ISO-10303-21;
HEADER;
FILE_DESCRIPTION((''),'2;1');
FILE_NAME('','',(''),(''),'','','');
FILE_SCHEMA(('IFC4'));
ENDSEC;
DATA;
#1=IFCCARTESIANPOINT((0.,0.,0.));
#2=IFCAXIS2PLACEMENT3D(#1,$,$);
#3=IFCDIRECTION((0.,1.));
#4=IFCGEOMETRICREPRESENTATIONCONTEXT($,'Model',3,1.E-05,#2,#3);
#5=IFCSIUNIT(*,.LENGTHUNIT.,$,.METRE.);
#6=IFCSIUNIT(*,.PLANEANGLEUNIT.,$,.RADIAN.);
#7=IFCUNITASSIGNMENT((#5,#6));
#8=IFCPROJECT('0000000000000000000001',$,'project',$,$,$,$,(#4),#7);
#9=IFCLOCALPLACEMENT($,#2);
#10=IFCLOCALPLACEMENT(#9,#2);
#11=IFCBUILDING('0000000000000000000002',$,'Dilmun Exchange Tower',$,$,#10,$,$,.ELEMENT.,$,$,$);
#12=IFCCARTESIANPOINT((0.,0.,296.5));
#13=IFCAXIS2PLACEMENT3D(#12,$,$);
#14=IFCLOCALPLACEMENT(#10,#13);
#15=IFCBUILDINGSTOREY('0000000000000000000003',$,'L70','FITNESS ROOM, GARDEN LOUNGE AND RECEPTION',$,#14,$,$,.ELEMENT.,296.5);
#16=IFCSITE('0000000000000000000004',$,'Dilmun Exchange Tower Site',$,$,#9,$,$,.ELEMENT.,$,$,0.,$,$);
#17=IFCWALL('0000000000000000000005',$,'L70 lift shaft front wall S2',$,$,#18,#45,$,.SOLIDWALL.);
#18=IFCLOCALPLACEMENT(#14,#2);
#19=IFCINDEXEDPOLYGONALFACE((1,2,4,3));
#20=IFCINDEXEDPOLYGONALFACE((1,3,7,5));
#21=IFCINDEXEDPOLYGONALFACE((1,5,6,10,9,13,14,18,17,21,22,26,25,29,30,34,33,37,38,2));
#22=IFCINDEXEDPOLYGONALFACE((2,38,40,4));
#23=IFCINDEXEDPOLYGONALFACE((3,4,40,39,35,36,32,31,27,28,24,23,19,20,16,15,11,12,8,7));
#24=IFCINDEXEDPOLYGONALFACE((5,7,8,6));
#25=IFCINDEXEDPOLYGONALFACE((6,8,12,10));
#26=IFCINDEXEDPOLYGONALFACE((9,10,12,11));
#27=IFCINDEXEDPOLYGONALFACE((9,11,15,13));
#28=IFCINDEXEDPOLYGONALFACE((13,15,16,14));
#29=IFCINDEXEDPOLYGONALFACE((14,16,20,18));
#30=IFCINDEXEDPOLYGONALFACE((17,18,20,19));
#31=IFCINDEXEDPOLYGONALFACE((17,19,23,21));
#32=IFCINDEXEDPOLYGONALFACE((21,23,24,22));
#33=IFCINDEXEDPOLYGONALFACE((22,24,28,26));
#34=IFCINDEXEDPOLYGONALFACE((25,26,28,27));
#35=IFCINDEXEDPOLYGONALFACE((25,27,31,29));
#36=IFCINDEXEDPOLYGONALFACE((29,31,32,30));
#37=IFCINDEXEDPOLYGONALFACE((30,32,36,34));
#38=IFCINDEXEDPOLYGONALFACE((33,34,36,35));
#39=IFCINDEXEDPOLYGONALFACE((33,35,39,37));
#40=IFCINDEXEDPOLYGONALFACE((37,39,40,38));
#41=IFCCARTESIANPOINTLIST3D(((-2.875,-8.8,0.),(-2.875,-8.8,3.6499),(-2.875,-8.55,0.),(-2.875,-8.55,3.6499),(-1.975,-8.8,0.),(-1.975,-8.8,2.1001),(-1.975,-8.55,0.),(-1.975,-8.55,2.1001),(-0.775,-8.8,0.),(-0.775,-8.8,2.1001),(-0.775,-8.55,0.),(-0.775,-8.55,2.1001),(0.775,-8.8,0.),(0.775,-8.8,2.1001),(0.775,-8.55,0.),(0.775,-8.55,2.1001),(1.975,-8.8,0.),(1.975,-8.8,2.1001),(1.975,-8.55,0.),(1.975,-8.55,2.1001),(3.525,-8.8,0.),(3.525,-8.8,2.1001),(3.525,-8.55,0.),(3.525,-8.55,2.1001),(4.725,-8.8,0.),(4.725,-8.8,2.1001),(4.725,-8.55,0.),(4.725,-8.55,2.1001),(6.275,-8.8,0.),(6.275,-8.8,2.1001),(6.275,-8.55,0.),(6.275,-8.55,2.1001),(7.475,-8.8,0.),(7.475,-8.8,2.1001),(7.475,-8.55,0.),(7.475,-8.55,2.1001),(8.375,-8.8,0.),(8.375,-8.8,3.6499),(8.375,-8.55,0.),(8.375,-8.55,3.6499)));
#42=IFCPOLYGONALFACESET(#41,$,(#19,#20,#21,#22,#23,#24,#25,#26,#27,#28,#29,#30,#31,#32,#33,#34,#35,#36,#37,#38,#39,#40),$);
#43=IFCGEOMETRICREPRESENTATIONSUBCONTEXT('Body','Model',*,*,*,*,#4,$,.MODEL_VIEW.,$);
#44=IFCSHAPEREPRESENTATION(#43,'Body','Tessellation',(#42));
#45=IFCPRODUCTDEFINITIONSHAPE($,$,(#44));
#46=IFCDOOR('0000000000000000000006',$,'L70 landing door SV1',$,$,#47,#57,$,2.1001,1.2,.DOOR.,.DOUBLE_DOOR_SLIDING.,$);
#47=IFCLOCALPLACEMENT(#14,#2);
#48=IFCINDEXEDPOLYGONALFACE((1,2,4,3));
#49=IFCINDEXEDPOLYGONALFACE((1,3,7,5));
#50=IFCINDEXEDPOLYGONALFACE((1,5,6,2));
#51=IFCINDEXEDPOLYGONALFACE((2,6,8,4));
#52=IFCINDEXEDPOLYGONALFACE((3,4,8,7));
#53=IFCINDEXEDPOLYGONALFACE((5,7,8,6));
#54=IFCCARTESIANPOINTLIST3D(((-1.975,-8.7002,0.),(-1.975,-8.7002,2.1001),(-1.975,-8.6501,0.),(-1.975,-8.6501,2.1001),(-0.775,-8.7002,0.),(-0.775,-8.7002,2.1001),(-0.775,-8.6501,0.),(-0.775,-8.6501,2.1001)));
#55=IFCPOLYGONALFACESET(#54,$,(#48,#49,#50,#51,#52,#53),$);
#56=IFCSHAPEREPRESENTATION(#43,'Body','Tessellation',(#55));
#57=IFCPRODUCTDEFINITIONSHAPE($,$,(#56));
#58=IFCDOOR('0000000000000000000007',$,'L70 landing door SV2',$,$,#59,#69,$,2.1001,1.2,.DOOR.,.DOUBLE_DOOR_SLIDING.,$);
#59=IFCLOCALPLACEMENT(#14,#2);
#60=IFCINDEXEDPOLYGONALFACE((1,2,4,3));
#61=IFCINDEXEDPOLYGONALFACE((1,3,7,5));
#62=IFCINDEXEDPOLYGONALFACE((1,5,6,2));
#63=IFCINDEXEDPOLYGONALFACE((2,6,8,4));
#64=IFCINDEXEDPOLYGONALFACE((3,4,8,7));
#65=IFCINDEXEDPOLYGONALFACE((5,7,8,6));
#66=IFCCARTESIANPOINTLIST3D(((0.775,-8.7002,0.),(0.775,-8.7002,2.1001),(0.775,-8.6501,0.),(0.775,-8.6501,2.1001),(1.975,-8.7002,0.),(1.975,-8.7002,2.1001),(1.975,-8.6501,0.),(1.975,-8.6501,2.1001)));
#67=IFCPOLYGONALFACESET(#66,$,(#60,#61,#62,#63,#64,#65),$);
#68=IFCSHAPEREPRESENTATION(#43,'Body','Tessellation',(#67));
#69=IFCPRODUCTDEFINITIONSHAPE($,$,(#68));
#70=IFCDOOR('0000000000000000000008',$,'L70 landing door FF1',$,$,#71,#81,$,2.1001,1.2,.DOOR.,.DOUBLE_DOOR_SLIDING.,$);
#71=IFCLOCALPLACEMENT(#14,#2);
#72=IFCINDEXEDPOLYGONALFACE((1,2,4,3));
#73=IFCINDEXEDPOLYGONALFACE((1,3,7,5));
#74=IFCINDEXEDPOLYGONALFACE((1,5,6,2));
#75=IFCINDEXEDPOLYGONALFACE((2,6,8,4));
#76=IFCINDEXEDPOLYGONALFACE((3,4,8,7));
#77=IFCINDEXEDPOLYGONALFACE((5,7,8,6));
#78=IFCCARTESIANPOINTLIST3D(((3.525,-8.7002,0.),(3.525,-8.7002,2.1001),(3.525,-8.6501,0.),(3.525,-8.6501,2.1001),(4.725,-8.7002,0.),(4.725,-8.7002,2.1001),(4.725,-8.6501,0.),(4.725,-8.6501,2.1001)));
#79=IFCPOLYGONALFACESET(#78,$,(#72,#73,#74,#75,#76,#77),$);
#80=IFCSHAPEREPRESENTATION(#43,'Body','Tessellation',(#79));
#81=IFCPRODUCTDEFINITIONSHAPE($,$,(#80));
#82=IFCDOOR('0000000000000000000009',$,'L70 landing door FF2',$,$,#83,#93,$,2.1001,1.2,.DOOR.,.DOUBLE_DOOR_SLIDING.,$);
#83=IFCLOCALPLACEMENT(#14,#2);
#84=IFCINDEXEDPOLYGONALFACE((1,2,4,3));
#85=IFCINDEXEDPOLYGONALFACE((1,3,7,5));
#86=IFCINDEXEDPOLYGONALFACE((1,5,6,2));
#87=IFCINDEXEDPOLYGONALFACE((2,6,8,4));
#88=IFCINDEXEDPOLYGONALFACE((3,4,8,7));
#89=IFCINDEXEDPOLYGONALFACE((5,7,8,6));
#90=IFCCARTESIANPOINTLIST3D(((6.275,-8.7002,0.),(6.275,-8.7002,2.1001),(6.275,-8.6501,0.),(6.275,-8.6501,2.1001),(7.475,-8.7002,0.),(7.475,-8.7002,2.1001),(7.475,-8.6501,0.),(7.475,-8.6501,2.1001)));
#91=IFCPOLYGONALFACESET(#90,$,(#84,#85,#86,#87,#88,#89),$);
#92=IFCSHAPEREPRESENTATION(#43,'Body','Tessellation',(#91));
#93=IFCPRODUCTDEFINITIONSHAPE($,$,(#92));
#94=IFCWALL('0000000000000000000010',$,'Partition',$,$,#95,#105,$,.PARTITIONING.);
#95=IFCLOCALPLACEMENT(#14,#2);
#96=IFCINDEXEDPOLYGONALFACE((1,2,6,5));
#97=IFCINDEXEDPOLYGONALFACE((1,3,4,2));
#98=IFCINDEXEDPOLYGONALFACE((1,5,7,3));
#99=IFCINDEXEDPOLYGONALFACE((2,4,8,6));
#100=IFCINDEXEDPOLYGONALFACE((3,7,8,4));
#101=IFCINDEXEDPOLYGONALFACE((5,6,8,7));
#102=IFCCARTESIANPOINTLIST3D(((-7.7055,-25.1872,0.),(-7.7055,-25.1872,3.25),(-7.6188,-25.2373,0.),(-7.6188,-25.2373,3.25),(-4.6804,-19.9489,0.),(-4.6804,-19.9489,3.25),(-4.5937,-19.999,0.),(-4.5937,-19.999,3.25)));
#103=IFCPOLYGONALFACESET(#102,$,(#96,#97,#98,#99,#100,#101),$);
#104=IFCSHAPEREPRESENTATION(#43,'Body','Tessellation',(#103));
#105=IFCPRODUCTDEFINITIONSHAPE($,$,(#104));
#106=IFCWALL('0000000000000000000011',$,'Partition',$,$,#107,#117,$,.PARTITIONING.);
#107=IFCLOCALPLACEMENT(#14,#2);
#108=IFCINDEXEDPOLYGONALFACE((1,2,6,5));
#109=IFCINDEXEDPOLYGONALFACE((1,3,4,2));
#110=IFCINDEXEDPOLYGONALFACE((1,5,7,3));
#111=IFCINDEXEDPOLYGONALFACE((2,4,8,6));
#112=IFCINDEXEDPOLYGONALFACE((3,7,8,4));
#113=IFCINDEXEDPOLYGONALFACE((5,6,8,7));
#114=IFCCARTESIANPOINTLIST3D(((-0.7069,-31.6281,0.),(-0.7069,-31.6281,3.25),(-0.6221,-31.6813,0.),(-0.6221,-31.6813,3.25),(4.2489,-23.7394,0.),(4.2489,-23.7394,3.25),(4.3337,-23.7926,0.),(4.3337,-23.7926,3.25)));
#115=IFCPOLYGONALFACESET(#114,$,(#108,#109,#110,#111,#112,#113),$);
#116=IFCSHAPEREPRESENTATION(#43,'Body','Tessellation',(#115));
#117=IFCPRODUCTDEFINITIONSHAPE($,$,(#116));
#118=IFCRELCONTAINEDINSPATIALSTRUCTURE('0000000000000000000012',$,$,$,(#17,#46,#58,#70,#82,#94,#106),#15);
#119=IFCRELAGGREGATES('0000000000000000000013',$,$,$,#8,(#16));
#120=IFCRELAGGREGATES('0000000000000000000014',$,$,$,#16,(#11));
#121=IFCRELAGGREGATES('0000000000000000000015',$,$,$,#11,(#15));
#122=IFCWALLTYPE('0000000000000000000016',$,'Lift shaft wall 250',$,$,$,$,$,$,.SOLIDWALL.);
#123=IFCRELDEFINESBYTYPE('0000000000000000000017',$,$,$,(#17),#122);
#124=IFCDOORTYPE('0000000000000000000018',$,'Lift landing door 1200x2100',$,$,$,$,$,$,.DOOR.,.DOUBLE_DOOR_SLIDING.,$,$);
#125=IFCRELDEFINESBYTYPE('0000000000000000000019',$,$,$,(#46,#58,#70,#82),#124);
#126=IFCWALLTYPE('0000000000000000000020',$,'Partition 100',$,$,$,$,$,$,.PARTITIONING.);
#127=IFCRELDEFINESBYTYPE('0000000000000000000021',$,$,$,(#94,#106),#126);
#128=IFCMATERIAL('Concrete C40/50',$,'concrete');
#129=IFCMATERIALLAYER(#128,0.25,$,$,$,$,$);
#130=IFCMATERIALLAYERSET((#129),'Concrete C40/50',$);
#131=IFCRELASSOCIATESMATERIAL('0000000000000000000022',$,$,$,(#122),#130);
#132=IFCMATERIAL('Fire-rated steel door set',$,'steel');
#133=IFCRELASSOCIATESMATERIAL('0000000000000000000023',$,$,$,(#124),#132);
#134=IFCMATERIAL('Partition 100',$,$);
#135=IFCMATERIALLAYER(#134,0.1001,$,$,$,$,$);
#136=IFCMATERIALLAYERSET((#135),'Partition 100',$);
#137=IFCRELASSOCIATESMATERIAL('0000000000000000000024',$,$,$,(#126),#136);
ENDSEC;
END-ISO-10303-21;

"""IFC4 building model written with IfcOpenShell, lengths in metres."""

from ifc_helpers import new_model, si_unit, direction, frame, frame_2d, origin, place, context, subcontext, project, spatial, rectangle, extrude, material, layer, layer_set, type_object, element, fill, save


model = new_model("IFC4")

# Units and contexts
model_context = context("Model", 3, precision=1e-05, world=origin(), true_north=direction((0.0, 1.0)))
body_context = subcontext(model_context, "Body", "Model", "MODEL_VIEW")
ifc_project = project(units=[si_unit("LENGTHUNIT", "METRE"), si_unit("PLANEANGLEUNIT", "RADIAN")], contexts=[model_context])

# Site, building, storey
site_placement = place(None, origin())
site = spatial("IfcSite", under=ifc_project, at=site_placement, Name="Dilmun Exchange Tower Site", CompositionType="ELEMENT", RefElevation=0.0)
building_placement = place(site_placement, origin())
building = spatial("IfcBuilding", under=site, at=building_placement, Name="Dilmun Exchange Tower", CompositionType="ELEMENT")
storey_placement = place(building_placement, frame((0.0, 0.0, 296.5)))
storey = spatial("IfcBuildingStorey", under=building, at=storey_placement, Name="L70", Description="FITNESS ROOM, GARDEN LOUNGE AND RECEPTION", CompositionType="ELEMENT", Elevation=296.5)

# Shared definitions
ifc_material_1 = material(Name="Concrete C40/50", Category="concrete")

# Shared definitions
ifc_material_2 = material(Name="Fire-rated steel door set", Category="steel")

# Wall, openings, doors
ifc_layer_1 = layer(ifc_material_1, 0.25)
ifc_layer_set_1 = layer_set([ifc_layer_1], Name="Concrete C40/50")
wall_type_1 = type_object("IfcWallType", Name="Lift shaft wall 250", PredefinedType="SOLIDWALL", material=ifc_layer_set_1)
wall_1_placement = place(storey_placement, frame((-2.875, -8.675, 0.0), z_axis=(0.0, 0.0, 1.0), x_axis=(1.0, 0.0, 0.0)))
wall_1 = element("IfcWall", 1, at=wall_1_placement, inside=storey, type_object=wall_type_1, Name="L70 lift shaft front wall S2", PredefinedType="SOLIDWALL", context=body_context, shape_type="SweptSolid", body=[
    extrude(rectangle(XDim=11.25, YDim=0.25, at=frame_2d((5.625, 0.0))), origin(), (0.0, 0.0, 1.0), 3.6499),
])
opening_1_placement = place(wall_1_placement, frame((0.8999, 0.0, 0.0)))
opening_1 = element("IfcOpeningElement", 2, at=opening_1_placement, cuts=wall_1, PredefinedType="OPENING", context=body_context, shape_type="SweptSolid", body=[
    extrude(rectangle(XDim=1.2, YDim=2.1001, at=frame_2d((0.6001, 1.05))), frame((0.0, 0.135, 0.0), z_axis=(0.0, -1.0, 0.0), x_axis=(1.0, 0.0, 0.0)), (0.0, 0.0, 1.0), 0.27),
])
opening_2_placement = place(wall_1_placement, frame((3.6499, 0.0, 0.0)))
opening_2 = element("IfcOpeningElement", 3, at=opening_2_placement, cuts=wall_1, PredefinedType="OPENING", context=body_context, shape_type="SweptSolid", body=[
    extrude(rectangle(XDim=1.2, YDim=2.1001, at=frame_2d((0.6001, 1.05))), frame((0.0, 0.135, 0.0), z_axis=(0.0, -1.0, 0.0), x_axis=(1.0, 0.0, 0.0)), (0.0, 0.0, 1.0), 0.27),
])
opening_3_placement = place(wall_1_placement, frame((6.3999, 0.0, 0.0)))
opening_3 = element("IfcOpeningElement", 4, at=opening_3_placement, cuts=wall_1, PredefinedType="OPENING", context=body_context, shape_type="SweptSolid", body=[
    extrude(rectangle(XDim=1.2, YDim=2.1001, at=frame_2d((0.6001, 1.05))), frame((0.0, 0.135, 0.0), z_axis=(0.0, -1.0, 0.0), x_axis=(1.0, 0.0, 0.0)), (0.0, 0.0, 1.0), 0.27),
])
opening_4_placement = place(wall_1_placement, frame((9.1499, 0.0, 0.0)))
opening_4 = element("IfcOpeningElement", 5, at=opening_4_placement, cuts=wall_1, PredefinedType="OPENING", context=body_context, shape_type="SweptSolid", body=[
    extrude(rectangle(XDim=1.2, YDim=2.1001, at=frame_2d((0.6001, 1.05))), frame((0.0, 0.135, 0.0), z_axis=(0.0, -1.0, 0.0), x_axis=(1.0, 0.0, 0.0)), (0.0, 0.0, 1.0), 0.27),
])
door_type_1 = type_object("IfcDoorType", Name="Lift landing door 1200x2100", OperationType="DOUBLE_DOOR_SLIDING", PredefinedType="DOOR", material=ifc_material_2)
door_1_placement = place(opening_1_placement, origin())
door_1 = element("IfcDoor", 6, at=door_1_placement, inside=storey, type_object=door_type_1, Name="L70 landing door SV1", OperationType="DOUBLE_DOOR_SLIDING", OverallHeight=2.1001, OverallWidth=1.2, PredefinedType="DOOR", context=body_context, shape_type="SweptSolid", body=[
    extrude(rectangle(XDim=1.2, YDim=2.1001, at=frame_2d((0.6001, 1.05))), frame((0.0, 0.0249, 0.0), z_axis=(0.0, -1.0, 0.0), x_axis=(1.0, 0.0, 0.0)), (0.0, 0.0, 1.0), 0.05),
])
fill(opening_1, door_1)
door_2_placement = place(opening_2_placement, origin())
door_2 = element("IfcDoor", 7, at=door_2_placement, inside=storey, type_object=door_type_1, Name="L70 landing door SV2", OperationType="DOUBLE_DOOR_SLIDING", OverallHeight=2.1001, OverallWidth=1.2, PredefinedType="DOOR", context=body_context, shape_type="SweptSolid", body=[
    extrude(rectangle(XDim=1.2, YDim=2.1001, at=frame_2d((0.6001, 1.05))), frame((0.0, 0.0249, 0.0), z_axis=(0.0, -1.0, 0.0), x_axis=(1.0, 0.0, 0.0)), (0.0, 0.0, 1.0), 0.05),
])
fill(opening_2, door_2)
door_3_placement = place(opening_3_placement, origin())
door_3 = element("IfcDoor", 8, at=door_3_placement, inside=storey, type_object=door_type_1, Name="L70 landing door FF1", OperationType="DOUBLE_DOOR_SLIDING", OverallHeight=2.1001, OverallWidth=1.2, PredefinedType="DOOR", context=body_context, shape_type="SweptSolid", body=[
    extrude(rectangle(XDim=1.2, YDim=2.1001, at=frame_2d((0.6001, 1.05))), frame((0.0, 0.0249, 0.0), z_axis=(0.0, -1.0, 0.0), x_axis=(1.0, 0.0, 0.0)), (0.0, 0.0, 1.0), 0.05),
])
fill(opening_3, door_3)
door_4_placement = place(opening_4_placement, origin())
door_4 = element("IfcDoor", 9, at=door_4_placement, inside=storey, type_object=door_type_1, Name="L70 landing door FF2", OperationType="DOUBLE_DOOR_SLIDING", OverallHeight=2.1001, OverallWidth=1.2, PredefinedType="DOOR", context=body_context, shape_type="SweptSolid", body=[
    extrude(rectangle(XDim=1.2, YDim=2.1001, at=frame_2d((0.6001, 1.05))), frame((0.0, 0.0249, 0.0), z_axis=(0.0, -1.0, 0.0), x_axis=(1.0, 0.0, 0.0)), (0.0, 0.0, 1.0), 0.05),
])
fill(opening_4, door_4)

# Walls
ifc_material_3 = material(Name="Partition 100")
ifc_layer_2 = layer(ifc_material_3, 0.1001)
ifc_layer_set_2 = layer_set([ifc_layer_2], Name="Partition 100")
wall_type_2 = type_object("IfcWallType", Name="Partition 100", PredefinedType="PARTITIONING", material=ifc_layer_set_2)
wall_2_placement = place(storey_placement, frame((-7.6621, -25.2122, 0.0), z_axis=(0.0, 0.0, 1.0), x_axis=(0.500102, 0.865966, 0.0)))
element("IfcWall", 10, at=wall_2_placement, inside=storey, type_object=wall_type_2, Name="Partition", PredefinedType="PARTITIONING", context=body_context, shape_type="SweptSolid", body=[
    extrude(rectangle(XDim=6.0491, YDim=0.1001, at=frame_2d((3.0244, 0.0))), origin(), (0.0, 0.0, 1.0), 3.25),
])
wall_3_placement = place(storey_placement, frame((-0.6646, -31.6548, 0.0), z_axis=(0.0, 0.0, 1.0), x_axis=(0.531957, 0.846771, 0.0)))
element("IfcWall", 11, at=wall_3_placement, inside=storey, type_object=wall_type_2, Name="Partition", PredefinedType="PARTITIONING", context=body_context, shape_type="SweptSolid", body=[
    extrude(rectangle(XDim=9.3162, YDim=0.1001, at=frame_2d((4.6582, 0.0))), origin(), (0.0, 0.0, 1.0), 3.25),
])

save(model, "model.ifc")
